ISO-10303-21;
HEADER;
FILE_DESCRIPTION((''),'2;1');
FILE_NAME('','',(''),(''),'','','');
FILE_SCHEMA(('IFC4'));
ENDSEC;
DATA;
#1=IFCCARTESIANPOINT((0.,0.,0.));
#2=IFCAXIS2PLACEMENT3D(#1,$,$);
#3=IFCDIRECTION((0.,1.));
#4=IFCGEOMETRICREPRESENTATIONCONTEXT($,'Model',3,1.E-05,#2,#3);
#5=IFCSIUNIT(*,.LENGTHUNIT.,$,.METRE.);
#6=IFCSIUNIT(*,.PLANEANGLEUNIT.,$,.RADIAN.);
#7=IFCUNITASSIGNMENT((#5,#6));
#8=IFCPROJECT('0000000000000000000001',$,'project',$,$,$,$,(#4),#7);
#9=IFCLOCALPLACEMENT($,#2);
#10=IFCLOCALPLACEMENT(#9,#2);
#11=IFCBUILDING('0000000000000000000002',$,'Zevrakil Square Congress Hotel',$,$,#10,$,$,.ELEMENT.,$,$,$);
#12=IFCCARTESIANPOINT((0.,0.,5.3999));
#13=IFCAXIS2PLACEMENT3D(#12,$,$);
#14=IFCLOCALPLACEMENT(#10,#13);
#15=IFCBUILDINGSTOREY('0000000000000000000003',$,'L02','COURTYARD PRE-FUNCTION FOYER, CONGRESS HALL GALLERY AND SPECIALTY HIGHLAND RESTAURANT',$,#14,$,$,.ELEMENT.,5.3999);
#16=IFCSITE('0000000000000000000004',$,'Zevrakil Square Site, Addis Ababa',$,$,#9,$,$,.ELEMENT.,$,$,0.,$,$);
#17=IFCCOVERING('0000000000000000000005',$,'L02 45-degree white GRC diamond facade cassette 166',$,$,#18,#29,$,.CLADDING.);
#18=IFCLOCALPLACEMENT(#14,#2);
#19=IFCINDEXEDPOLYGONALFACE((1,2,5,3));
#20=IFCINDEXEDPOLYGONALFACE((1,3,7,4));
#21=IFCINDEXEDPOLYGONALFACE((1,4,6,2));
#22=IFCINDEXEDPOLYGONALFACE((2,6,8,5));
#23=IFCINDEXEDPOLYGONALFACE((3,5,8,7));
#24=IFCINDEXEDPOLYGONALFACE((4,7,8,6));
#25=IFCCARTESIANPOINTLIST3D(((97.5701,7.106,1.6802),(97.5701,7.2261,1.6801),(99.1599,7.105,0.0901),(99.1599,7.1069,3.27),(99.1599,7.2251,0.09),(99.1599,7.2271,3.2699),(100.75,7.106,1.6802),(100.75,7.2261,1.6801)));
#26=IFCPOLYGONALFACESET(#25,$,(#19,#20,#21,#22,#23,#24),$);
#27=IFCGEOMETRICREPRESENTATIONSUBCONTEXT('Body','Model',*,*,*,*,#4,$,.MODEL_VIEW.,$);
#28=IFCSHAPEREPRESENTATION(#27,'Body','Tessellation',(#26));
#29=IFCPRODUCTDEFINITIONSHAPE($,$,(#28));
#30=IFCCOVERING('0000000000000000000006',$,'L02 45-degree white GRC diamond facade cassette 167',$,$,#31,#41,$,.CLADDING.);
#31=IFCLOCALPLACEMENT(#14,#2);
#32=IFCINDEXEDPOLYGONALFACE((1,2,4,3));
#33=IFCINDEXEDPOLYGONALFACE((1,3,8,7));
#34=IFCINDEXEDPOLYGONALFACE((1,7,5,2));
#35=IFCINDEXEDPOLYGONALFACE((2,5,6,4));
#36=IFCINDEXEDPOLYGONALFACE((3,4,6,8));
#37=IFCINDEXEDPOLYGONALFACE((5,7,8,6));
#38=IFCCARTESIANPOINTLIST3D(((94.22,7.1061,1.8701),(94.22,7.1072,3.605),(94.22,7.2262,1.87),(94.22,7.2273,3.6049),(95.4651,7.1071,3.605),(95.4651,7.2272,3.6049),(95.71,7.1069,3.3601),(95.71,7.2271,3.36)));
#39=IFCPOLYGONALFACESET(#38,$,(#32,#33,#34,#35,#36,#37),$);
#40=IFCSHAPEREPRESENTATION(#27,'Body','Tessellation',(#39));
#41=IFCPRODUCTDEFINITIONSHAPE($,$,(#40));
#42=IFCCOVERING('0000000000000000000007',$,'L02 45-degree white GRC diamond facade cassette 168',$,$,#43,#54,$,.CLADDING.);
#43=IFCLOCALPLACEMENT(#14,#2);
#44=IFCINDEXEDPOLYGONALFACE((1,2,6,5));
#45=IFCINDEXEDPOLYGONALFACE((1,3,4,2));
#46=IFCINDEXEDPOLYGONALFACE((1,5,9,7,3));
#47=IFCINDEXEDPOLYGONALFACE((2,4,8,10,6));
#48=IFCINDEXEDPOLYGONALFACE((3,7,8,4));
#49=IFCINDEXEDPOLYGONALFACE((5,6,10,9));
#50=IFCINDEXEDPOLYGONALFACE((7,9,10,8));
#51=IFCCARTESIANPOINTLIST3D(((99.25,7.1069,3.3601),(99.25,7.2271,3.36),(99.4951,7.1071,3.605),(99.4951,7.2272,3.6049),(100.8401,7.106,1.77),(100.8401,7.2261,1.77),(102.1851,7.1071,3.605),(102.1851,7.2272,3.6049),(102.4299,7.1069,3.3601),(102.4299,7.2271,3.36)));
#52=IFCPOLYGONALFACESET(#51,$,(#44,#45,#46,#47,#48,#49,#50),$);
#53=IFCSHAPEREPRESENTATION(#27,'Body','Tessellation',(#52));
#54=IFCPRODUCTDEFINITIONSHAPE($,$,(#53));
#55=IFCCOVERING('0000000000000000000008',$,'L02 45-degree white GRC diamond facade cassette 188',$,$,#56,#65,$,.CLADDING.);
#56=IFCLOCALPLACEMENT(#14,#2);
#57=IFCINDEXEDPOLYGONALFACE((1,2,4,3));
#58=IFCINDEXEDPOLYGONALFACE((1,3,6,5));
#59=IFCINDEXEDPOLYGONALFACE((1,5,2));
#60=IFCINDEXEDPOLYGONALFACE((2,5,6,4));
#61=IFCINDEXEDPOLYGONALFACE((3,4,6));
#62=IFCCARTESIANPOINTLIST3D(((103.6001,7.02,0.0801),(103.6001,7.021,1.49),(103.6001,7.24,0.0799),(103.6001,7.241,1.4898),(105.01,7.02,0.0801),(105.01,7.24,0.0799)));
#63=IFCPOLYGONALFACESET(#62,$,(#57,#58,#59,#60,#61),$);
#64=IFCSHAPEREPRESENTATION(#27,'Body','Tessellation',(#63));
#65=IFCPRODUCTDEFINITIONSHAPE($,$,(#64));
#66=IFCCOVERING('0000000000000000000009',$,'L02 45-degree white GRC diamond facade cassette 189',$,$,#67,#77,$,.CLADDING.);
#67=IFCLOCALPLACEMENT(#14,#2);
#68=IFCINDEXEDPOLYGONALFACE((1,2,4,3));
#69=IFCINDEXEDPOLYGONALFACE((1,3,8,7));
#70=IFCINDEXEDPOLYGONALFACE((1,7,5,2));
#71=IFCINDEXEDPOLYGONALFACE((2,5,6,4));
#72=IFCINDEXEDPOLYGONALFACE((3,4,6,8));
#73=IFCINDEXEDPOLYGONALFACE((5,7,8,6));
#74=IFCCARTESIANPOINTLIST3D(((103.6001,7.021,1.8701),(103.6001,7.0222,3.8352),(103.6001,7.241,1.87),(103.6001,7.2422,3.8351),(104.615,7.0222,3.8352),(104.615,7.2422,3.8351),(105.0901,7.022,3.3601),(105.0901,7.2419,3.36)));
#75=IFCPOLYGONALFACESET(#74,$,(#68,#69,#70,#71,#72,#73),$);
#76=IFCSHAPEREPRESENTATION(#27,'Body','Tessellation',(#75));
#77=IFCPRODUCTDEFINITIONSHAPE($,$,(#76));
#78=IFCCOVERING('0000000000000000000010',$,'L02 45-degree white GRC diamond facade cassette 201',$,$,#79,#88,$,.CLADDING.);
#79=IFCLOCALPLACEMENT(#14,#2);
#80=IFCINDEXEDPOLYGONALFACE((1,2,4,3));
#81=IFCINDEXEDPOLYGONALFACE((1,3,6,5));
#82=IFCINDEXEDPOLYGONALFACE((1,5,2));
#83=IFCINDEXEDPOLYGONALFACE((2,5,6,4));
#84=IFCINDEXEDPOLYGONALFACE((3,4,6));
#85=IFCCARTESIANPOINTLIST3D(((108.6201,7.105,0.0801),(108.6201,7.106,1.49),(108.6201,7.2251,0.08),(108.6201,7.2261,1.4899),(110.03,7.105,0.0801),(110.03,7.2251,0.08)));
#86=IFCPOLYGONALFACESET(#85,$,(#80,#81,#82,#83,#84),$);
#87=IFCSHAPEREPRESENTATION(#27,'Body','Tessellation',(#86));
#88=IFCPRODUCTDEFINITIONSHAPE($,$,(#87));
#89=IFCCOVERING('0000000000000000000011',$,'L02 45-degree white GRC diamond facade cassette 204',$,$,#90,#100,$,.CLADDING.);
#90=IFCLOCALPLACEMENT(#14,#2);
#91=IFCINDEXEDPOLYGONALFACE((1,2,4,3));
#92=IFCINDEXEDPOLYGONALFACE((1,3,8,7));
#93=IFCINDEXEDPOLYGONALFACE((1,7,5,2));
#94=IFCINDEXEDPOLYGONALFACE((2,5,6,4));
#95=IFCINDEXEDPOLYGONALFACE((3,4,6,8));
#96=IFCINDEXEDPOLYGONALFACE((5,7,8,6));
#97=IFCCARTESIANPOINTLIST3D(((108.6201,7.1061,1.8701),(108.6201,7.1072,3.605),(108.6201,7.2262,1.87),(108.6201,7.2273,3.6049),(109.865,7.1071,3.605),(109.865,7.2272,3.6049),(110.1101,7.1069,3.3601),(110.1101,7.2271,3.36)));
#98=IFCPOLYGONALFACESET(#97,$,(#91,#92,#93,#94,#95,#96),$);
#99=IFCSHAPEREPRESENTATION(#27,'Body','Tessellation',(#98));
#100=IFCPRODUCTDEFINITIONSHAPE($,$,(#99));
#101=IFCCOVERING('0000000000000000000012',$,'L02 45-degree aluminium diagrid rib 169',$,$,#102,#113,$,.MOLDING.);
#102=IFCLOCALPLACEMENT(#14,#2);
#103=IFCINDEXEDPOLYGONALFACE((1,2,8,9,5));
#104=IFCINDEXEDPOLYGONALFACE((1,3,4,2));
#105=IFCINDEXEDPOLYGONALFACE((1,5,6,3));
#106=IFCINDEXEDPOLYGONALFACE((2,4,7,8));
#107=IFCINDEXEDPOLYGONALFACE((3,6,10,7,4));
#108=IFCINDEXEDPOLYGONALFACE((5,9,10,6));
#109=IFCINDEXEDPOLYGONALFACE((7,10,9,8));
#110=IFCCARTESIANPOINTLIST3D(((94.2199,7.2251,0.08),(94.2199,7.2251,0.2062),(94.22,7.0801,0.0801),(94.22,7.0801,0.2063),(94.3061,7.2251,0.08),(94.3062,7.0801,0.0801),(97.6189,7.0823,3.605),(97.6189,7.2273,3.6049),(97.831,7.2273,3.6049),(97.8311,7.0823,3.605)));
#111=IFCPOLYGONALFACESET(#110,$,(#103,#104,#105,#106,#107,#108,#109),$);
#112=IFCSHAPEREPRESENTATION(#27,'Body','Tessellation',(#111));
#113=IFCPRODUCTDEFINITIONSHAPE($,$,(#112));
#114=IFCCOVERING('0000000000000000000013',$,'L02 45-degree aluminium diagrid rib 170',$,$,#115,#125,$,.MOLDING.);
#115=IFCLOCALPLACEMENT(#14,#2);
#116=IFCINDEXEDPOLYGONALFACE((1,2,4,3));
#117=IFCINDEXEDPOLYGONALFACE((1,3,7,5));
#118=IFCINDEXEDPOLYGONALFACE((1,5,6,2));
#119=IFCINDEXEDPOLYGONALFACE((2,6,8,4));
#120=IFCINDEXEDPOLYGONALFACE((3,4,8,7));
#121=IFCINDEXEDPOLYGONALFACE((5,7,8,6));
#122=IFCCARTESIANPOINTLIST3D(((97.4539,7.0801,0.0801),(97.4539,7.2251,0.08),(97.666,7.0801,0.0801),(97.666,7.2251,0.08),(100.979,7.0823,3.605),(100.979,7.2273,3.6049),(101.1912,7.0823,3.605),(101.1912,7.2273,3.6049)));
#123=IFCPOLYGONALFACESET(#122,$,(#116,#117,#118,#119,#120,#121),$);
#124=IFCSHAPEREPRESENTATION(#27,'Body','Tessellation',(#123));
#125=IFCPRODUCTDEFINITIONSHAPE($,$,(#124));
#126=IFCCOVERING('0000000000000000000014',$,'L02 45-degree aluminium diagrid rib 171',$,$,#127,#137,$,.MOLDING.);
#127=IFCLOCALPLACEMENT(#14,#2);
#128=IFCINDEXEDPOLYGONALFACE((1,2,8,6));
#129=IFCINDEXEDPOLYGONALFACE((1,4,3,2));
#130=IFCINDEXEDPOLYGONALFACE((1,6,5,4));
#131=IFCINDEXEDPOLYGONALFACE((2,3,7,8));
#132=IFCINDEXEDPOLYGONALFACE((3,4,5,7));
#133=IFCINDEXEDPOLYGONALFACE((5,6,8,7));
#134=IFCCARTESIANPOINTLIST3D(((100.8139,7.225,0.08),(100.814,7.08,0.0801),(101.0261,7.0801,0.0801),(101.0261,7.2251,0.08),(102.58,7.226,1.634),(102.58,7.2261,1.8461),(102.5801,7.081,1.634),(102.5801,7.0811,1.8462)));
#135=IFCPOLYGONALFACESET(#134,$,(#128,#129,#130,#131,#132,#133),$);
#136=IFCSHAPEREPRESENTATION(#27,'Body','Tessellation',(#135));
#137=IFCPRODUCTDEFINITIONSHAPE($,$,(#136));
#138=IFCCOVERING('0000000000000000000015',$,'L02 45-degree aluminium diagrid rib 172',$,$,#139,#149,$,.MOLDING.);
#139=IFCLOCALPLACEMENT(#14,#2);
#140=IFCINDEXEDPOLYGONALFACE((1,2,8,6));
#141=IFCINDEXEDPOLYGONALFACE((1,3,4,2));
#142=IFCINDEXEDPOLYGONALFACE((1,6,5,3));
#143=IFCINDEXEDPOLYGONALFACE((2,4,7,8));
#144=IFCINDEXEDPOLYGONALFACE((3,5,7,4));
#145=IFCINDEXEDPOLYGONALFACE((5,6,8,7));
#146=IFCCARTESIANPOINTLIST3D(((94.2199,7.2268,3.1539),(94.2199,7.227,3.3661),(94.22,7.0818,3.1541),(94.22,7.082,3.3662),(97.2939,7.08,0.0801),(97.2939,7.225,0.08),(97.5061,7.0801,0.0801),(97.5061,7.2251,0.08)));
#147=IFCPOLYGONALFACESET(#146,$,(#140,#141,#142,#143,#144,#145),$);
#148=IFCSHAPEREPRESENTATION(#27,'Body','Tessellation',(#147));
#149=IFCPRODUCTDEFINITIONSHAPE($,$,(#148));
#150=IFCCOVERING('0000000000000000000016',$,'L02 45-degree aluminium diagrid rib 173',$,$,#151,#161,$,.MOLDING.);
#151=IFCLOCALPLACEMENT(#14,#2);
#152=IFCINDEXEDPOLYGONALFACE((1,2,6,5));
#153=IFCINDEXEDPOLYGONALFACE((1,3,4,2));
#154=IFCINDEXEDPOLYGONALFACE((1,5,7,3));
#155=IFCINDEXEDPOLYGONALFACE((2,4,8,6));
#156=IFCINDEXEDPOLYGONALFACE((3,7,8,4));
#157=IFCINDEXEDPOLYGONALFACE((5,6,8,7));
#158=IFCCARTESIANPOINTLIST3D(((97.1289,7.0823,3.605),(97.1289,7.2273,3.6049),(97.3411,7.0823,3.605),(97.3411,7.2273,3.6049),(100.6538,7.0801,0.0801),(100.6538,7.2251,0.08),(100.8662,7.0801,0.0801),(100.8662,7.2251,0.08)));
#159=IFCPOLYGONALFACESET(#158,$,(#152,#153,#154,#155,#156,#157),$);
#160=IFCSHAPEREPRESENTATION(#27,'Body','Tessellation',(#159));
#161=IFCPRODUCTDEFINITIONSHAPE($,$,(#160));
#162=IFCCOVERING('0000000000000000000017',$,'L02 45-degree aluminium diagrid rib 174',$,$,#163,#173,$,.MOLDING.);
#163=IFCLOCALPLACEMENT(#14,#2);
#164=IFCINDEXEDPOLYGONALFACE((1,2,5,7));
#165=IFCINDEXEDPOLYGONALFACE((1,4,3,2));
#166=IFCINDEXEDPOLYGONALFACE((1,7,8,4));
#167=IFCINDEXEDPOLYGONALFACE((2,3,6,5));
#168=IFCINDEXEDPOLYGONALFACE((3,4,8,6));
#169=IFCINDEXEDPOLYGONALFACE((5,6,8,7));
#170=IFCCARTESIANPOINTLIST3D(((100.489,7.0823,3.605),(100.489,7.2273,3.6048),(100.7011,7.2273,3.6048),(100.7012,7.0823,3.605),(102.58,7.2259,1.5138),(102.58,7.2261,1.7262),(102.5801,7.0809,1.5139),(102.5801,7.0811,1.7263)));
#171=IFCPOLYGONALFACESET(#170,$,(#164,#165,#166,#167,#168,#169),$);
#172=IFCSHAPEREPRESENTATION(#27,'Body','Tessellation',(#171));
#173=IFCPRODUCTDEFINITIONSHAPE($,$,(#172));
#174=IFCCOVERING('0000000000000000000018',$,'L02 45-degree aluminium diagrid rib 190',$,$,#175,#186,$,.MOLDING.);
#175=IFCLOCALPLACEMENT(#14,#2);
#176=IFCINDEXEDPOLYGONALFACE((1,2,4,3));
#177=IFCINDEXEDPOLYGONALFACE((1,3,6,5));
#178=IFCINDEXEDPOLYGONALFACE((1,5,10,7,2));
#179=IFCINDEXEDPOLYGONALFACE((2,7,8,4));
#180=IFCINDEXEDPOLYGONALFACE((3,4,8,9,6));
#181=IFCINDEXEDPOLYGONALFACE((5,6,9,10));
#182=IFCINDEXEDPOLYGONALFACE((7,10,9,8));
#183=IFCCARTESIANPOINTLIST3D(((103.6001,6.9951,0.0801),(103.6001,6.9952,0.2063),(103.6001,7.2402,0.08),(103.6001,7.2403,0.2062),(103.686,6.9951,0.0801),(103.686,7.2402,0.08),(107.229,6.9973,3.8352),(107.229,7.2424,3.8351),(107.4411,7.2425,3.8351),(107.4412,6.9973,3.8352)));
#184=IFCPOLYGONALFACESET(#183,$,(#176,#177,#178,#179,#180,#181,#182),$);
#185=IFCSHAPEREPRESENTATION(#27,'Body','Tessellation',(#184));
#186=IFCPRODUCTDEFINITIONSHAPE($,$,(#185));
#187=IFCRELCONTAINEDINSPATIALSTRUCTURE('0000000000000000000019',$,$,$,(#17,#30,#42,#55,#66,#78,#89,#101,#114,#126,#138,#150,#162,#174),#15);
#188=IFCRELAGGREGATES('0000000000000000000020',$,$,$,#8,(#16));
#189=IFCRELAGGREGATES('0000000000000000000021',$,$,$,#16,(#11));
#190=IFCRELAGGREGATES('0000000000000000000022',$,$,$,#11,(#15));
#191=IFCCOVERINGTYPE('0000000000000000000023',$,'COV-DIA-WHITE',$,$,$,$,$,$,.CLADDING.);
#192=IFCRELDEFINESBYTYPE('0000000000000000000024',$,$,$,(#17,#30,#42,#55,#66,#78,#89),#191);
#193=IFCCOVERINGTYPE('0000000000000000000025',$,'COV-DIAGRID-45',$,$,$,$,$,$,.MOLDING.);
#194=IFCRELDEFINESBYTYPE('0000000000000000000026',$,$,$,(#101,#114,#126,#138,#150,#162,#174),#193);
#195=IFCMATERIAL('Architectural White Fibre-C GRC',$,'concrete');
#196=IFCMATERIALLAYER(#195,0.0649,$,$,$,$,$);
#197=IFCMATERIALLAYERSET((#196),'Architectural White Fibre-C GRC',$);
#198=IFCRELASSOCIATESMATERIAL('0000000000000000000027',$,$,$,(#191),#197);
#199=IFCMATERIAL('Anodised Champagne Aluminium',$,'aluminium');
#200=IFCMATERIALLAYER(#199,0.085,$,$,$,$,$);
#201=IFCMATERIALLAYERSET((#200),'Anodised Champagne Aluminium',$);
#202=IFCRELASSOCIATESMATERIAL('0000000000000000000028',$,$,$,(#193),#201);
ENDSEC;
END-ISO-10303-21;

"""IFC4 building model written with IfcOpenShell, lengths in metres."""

from ifc_helpers import new_model, si_unit, direction, frame, origin, place, context, subcontext, project, spatial, polyline, outline, extrude, material, layer, layer_set, type_object, element, save


model = new_model("IFC4")

# Units and contexts
model_context = context("Model", 3, precision=1e-05, world=origin(), true_north=direction((0.0, 1.0)))
body_context = subcontext(model_context, "Body", "Model", "MODEL_VIEW")
ifc_project = project(units=[si_unit("LENGTHUNIT", "METRE"), si_unit("PLANEANGLEUNIT", "RADIAN")], contexts=[model_context])

# Site, building, storey
site_placement = place(None, origin())
site = spatial("IfcSite", under=ifc_project, at=site_placement, Name="Zevrakil Square Site, Addis Ababa", CompositionType="ELEMENT", RefElevation=0.0)
building_placement = place(site_placement, origin())
building = spatial("IfcBuilding", under=site, at=building_placement, Name="Zevrakil Square Congress Hotel", CompositionType="ELEMENT")
storey_placement = place(building_placement, frame((0.0, 0.0, 5.3999)))
storey = spatial("IfcBuildingStorey", under=building, at=storey_placement, Name="L02", Description="COURTYARD PRE-FUNCTION FOYER, CONGRESS HALL GALLERY AND SPECIALTY HIGHLAND RESTAURANT", CompositionType="ELEMENT", Elevation=5.3999)

# Coverings
ifc_material_1 = material(Name="Architectural White Fibre-C GRC", Category="concrete")
ifc_layer_1 = layer(ifc_material_1, 0.0649)
ifc_layer_set_1 = layer_set([ifc_layer_1], Name="Architectural White Fibre-C GRC")
covering_type_1 = type_object("IfcCoveringType", Name="COV-DIA-WHITE", PredefinedType="CLADDING", material=ifc_layer_set_1)
covering_1_placement = place(storey_placement, frame((99.1599, 7.1069, 3.27), z_axis=(0.0, -1.0, 0.000614), x_axis=(0.707161, -0.000434, -0.707052)))
element("IfcCovering", 1, at=covering_1_placement, inside=storey, type_object=covering_type_1, Name="L02 45-degree white GRC diamond facade cassette 166", PredefinedType="CLADDING", context=body_context, shape_type="SweptSolid", body=[
    extrude(outline(polyline([(0.0, 0.0), (2.2486, 0.0), (2.2484, -2.2487), (-0.0002, -2.2484), (0.0, 0.0)])), origin(), (0.0, 0.0, -1.0), 0.1201),
])
covering_2_placement = place(storey_placement, frame((95.71, 7.1069, 3.3601), z_axis=(-0.000064, -1.0, 0.000609), x_axis=(-0.707107, -0.000385, -0.707107)))
element("IfcCovering", 2, at=covering_2_placement, inside=storey, type_object=covering_type_1, Name="L02 45-degree white GRC diamond facade cassette 167", PredefinedType="CLADDING", context=body_context, shape_type="SweptSolid", body=[
    extrude(outline(polyline([(0.0, 0.0), (2.1072, 0.0), (0.8804, -1.2267), (0.0, -0.3463), (0.0, 0.0)])), origin(), (0.0, 0.0, -1.0), 0.1201),
])
covering_3_placement = place(storey_placement, frame((102.4299, 7.1069, 3.3601), z_axis=(0.0, -1.0, 0.000579), x_axis=(-0.707052, -0.00041, -0.707161)))
element("IfcCovering", 3, at=covering_3_placement, inside=storey, type_object=covering_type_1, Name="L02 45-degree white GRC diamond facade cassette 168", PredefinedType="CLADDING", context=body_context, shape_type="SweptSolid", body=[
    extrude(outline(polyline([(0.0, 0.0), (2.2486, 0.0), (2.2484, -2.2487), (1.9019, -2.2485), (0.0, -0.3463), (0.0, 0.0)])), origin(), (0.0, 0.0, -1.0), 0.1201),
])
covering_4_placement = place(storey_placement, frame((105.01, 7.02, 0.0801), z_axis=(0.0, -1.0, 0.000693), x_axis=(-1.0, 0.0, 0.0)))
element("IfcCovering", 4, at=covering_4_placement, inside=storey, type_object=covering_type_1, Name="L02 45-degree white GRC diamond facade cassette 188", PredefinedType="CLADDING", context=body_context, shape_type="SweptSolid", body=[
    extrude(outline(polyline([(0.0, 0.0), (1.4099, 0.0), (1.4099, -1.4099), (0.0, 0.0)])), origin(), (0.0, 0.0, -1.0), 0.22),
])
covering_5_placement = place(storey_placement, frame((105.0901, 7.022, 3.3601), z_axis=(0.000029, -1.0, 0.000606), x_axis=(-0.707107, -0.000449, -0.707107)))
element("IfcCovering", 5, at=covering_5_placement, inside=storey, type_object=covering_type_1, Name="L02 45-degree white GRC diamond facade cassette 189", PredefinedType="CLADDING", context=body_context, shape_type="SweptSolid", body=[
    extrude(outline(polyline([(0.0, 0.0), (2.1072, 0.0), (0.7176, -1.3895), (0.0, -0.6719), (0.0, 0.0)])), origin(), (0.0, 0.0, -1.0), 0.22),
])
covering_6_placement = place(storey_placement, frame((110.03, 7.105, 0.0801), z_axis=(0.0, -1.0, 0.000693), x_axis=(-1.0, 0.0, 0.0)))
element("IfcCovering", 6, at=covering_6_placement, inside=storey, type_object=covering_type_1, Name="L02 45-degree white GRC diamond facade cassette 201", PredefinedType="CLADDING", context=body_context, shape_type="SweptSolid", body=[
    extrude(outline(polyline([(0.0, 0.0), (1.4099, 0.0), (1.4099, -1.4099), (0.0, 0.0)])), origin(), (0.0, 0.0, -1.0), 0.1201),
])
covering_7_placement = place(storey_placement, frame((110.1101, 7.1069, 3.3601), z_axis=(-0.000064, -1.0, 0.000609), x_axis=(-0.707107, -0.000385, -0.707107)))
element("IfcCovering", 7, at=covering_7_placement, inside=storey, type_object=covering_type_1, Name="L02 45-degree white GRC diamond facade cassette 204", PredefinedType="CLADDING", context=body_context, shape_type="SweptSolid", body=[
    extrude(outline(polyline([(0.0, 0.0), (2.1072, 0.0), (0.8804, -1.2267), (0.0002, -0.3465), (0.0, 0.0)])), origin(), (0.0, 0.0, -1.0), 0.1201),
])
ifc_material_2 = material(Name="Anodised Champagne Aluminium", Category="aluminium")
ifc_layer_2 = layer(ifc_material_2, 0.085)
ifc_layer_set_2 = layer_set([ifc_layer_2], Name="Anodised Champagne Aluminium")
covering_type_2 = type_object("IfcCoveringType", Name="COV-DIAGRID-45", PredefinedType="MOLDING", material=ifc_layer_set_2)
covering_8_placement = place(storey_placement, frame((94.3062, 7.0801, 0.0801), z_axis=(0.000187, -1.0, 0.000443), x_axis=(-1.0, -0.000187, 0.0)))
element("IfcCovering", 8, at=covering_8_placement, inside=storey, type_object=covering_type_2, Name="L02 45-degree aluminium diagrid rib 169", PredefinedType="MOLDING", context=body_context, shape_type="SweptSolid", body=[
    extrude(outline(polyline([(0.0, 0.0), (0.0862, 0.0), (0.0862, -0.1262), (-3.3127, -3.5249), (-3.5249, -3.5249), (0.0, 0.0)])), origin(), (0.0, 0.0, -1.0), 0.145),
])
covering_9_placement = place(storey_placement, frame((97.666, 7.0801, 0.0801), z_axis=(0.0, -1.0, 0.000623), x_axis=(-1.0, 0.0, 0.0)))
element("IfcCovering", 9, at=covering_9_placement, inside=storey, type_object=covering_type_2, Name="L02 45-degree aluminium diagrid rib 170", PredefinedType="MOLDING", context=body_context, shape_type="SweptSolid", body=[
    extrude(outline(polyline([(0.0, 0.0), (0.2122, 0.0), (-3.313, -3.5249), (-3.5251, -3.5249), (0.0, 0.0)])), origin(), (0.0, 0.0, -1.0), 0.145),
])
covering_10_placement = place(storey_placement, frame((101.0261, 7.0801, 0.0801), z_axis=(0.000294, -1.0, 0.000294), x_axis=(-1.0, -0.000294, 0.0)))
element("IfcCovering", 10, at=covering_10_placement, inside=storey, type_object=covering_type_2, Name="L02 45-degree aluminium diagrid rib 171", PredefinedType="MOLDING", context=body_context, shape_type="SweptSolid", body=[
    extrude(outline(polyline([(0.0, 0.0), (0.2122, 0.0), (-1.554, -1.7661), (-1.554, -1.554), (0.0, 0.0)])), origin(), (0.0, 0.0, -1.0), 0.145),
])
covering_11_placement = place(storey_placement, frame((94.22, 7.0818, 3.1541), z_axis=(0.000287, -1.0, 0.000863), x_axis=(0.0, 0.000863, 1.0)))
element("IfcCovering", 11, at=covering_11_placement, inside=storey, type_object=covering_type_2, Name="L02 45-degree aluminium diagrid rib 172", PredefinedType="MOLDING", context=body_context, shape_type="SweptSolid", body=[
    extrude(outline(polyline([(0.0, 0.0), (0.2122, 0.0), (-3.074, -3.2861), (-3.074, -3.074), (0.0, 0.0)])), origin(), (0.0, 0.0, -1.0), 0.145),
])
covering_12_placement = place(storey_placement, frame((97.1289, 7.0823, 3.605), z_axis=(0.0, -1.0, 0.000623), x_axis=(1.0, 0.0, 0.0)))
element("IfcCovering", 12, at=covering_12_placement, inside=storey, type_object=covering_type_2, Name="L02 45-degree aluminium diagrid rib 173", PredefinedType="MOLDING", context=body_context, shape_type="SweptSolid", body=[
    extrude(outline(polyline([(0.0, 0.0), (0.2122, 0.0), (3.7373, -3.5249), (3.5249, -3.5249), (0.0, 0.0)])), origin(), (0.0, 0.0, -1.0), 0.145),
])
covering_13_placement = place(storey_placement, frame((100.489, 7.0823, 3.605), z_axis=(0.000237, -1.0, 0.000913), x_axis=(1.0, 0.000237, 0.0)))
element("IfcCovering", 13, at=covering_13_placement, inside=storey, type_object=covering_type_2, Name="L02 45-degree aluminium diagrid rib 174", PredefinedType="MOLDING", context=body_context, shape_type="SweptSolid", body=[
    extrude(outline(polyline([(0.0, 0.0), (0.2122, 0.0), (2.0911, -1.8787), (2.0911, -2.0911), (0.0, 0.0)])), origin(), (0.0, 0.0, -1.0), 0.145),
])
covering_14_placement = place(storey_placement, frame((103.686, 6.9951, 0.0801), z_axis=(0.000176, -1.0, 0.000415), x_axis=(-1.0, -0.000176, 0.0)))
element("IfcCovering", 14, at=covering_14_placement, inside=storey, type_object=covering_type_2, Name="L02 45-degree aluminium diagrid rib 190", PredefinedType="MOLDING", context=body_context, shape_type="SweptSolid", body=[
    extrude(outline(polyline([(0.0, 0.0), (0.0859, 0.0), (0.0859, -0.1262), (-3.543, -3.7551), (-3.7551, -3.7551), (0.0, 0.0)])), origin(), (0.0, 0.0, -1.0), 0.2451),
])

save(model, "model.ifc")
